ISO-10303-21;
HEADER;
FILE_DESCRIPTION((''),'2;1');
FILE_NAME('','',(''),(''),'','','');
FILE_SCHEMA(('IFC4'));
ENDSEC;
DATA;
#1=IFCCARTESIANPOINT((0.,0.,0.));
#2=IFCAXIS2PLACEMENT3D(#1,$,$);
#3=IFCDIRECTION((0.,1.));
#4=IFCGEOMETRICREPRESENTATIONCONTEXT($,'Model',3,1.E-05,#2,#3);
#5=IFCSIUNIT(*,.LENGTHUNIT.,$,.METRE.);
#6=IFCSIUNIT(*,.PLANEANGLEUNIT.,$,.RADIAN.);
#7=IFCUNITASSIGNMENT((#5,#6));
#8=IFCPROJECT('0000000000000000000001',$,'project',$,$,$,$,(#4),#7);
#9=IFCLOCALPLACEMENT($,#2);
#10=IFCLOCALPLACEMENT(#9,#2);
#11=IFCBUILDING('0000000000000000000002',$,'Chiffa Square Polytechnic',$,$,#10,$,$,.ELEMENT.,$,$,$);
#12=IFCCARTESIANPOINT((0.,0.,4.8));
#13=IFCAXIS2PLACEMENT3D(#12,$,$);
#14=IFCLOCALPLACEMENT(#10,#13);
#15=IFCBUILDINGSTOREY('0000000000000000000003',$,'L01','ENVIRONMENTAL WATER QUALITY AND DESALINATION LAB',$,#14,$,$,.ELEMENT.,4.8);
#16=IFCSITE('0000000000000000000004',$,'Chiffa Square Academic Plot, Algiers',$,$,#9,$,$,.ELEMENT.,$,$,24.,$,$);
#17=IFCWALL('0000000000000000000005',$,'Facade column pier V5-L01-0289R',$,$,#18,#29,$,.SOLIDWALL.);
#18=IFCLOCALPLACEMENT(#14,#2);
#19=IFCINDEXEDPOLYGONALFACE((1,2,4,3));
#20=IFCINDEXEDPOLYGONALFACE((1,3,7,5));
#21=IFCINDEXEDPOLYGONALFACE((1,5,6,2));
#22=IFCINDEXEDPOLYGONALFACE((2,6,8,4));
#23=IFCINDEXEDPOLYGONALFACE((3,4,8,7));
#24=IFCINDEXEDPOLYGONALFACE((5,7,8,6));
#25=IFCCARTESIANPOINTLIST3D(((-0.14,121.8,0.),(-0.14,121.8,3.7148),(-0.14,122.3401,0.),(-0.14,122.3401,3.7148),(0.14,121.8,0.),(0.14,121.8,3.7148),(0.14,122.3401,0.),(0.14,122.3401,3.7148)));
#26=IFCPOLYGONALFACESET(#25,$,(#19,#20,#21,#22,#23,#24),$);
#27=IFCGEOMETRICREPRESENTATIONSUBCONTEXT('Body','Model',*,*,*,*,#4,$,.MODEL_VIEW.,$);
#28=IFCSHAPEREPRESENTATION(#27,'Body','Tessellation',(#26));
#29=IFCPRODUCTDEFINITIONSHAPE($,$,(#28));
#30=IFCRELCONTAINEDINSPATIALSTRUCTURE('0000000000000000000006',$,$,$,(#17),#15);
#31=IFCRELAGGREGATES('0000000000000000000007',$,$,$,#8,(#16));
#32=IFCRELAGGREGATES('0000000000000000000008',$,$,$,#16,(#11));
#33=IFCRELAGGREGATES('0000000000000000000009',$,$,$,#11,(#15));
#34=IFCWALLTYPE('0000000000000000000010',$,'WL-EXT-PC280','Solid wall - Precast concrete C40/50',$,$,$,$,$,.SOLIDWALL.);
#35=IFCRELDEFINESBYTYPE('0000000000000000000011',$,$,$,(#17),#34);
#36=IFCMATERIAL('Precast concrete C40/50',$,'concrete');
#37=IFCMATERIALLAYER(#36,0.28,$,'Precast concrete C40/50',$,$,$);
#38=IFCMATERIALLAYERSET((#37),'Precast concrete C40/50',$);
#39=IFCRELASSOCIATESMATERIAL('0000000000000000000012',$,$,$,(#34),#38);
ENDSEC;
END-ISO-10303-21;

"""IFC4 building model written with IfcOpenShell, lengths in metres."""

from ifc_helpers import new_model, si_unit, direction, frame, frame_2d, origin, place, context, subcontext, project, spatial, rectangle, extrude, material, layer, layer_set, type_object, element, save


model = new_model("IFC4")

# Units and contexts
model_context = context("Model", 3, precision=1e-05, world=origin(), true_north=direction((0.0, 1.0)))
body_context = subcontext(model_context, "Body", "Model", "MODEL_VIEW")
ifc_project = project(units=[si_unit("LENGTHUNIT", "METRE"), si_unit("PLANEANGLEUNIT", "RADIAN")], contexts=[model_context])

# Site, building, storey
site_placement = place(None, origin())
site = spatial("IfcSite", under=ifc_project, at=site_placement, Name="Chiffa Square Academic Plot, Algiers", CompositionType="ELEMENT", RefElevation=24.0)
building_placement = place(site_placement, origin())
building = spatial("IfcBuilding", under=site, at=building_placement, Name="Chiffa Square Polytechnic", CompositionType="ELEMENT")
storey_placement = place(building_placement, frame((0.0, 0.0, 4.8)))
storey = spatial("IfcBuildingStorey", under=building, at=storey_placement, Name="L01", Description="ENVIRONMENTAL WATER QUALITY AND DESALINATION LAB", CompositionType="ELEMENT", Elevation=4.8)

# Wall
ifc_material_1 = material(Name="Precast concrete C40/50", Category="concrete")
ifc_layer_1 = layer(ifc_material_1, 0.28, Name="Precast concrete C40/50")
ifc_layer_set_1 = layer_set([ifc_layer_1], Name="Precast concrete C40/50")
wall_type = type_object("IfcWallType", Name="WL-EXT-PC280", Description="Solid wall - Precast concrete C40/50", PredefinedType="SOLIDWALL", material=ifc_layer_set_1)
wall_placement = place(storey_placement, frame((0.0, 122.3401, 0.0), z_axis=(0.0, 0.0, 1.0), x_axis=(0.0, -1.0, 0.0)))
element("IfcWall", 1, at=wall_placement, inside=storey, type_object=wall_type, Name="Facade column pier V5-L01-0289R", PredefinedType="SOLIDWALL", context=body_context, shape_type="SweptSolid", body=[
    extrude(rectangle(XDim=0.54, YDim=0.28, at=frame_2d((0.27, 0.0))), origin(), (0.0, 0.0, 1.0), 3.7148),
])

save(model, "model.ifc")
